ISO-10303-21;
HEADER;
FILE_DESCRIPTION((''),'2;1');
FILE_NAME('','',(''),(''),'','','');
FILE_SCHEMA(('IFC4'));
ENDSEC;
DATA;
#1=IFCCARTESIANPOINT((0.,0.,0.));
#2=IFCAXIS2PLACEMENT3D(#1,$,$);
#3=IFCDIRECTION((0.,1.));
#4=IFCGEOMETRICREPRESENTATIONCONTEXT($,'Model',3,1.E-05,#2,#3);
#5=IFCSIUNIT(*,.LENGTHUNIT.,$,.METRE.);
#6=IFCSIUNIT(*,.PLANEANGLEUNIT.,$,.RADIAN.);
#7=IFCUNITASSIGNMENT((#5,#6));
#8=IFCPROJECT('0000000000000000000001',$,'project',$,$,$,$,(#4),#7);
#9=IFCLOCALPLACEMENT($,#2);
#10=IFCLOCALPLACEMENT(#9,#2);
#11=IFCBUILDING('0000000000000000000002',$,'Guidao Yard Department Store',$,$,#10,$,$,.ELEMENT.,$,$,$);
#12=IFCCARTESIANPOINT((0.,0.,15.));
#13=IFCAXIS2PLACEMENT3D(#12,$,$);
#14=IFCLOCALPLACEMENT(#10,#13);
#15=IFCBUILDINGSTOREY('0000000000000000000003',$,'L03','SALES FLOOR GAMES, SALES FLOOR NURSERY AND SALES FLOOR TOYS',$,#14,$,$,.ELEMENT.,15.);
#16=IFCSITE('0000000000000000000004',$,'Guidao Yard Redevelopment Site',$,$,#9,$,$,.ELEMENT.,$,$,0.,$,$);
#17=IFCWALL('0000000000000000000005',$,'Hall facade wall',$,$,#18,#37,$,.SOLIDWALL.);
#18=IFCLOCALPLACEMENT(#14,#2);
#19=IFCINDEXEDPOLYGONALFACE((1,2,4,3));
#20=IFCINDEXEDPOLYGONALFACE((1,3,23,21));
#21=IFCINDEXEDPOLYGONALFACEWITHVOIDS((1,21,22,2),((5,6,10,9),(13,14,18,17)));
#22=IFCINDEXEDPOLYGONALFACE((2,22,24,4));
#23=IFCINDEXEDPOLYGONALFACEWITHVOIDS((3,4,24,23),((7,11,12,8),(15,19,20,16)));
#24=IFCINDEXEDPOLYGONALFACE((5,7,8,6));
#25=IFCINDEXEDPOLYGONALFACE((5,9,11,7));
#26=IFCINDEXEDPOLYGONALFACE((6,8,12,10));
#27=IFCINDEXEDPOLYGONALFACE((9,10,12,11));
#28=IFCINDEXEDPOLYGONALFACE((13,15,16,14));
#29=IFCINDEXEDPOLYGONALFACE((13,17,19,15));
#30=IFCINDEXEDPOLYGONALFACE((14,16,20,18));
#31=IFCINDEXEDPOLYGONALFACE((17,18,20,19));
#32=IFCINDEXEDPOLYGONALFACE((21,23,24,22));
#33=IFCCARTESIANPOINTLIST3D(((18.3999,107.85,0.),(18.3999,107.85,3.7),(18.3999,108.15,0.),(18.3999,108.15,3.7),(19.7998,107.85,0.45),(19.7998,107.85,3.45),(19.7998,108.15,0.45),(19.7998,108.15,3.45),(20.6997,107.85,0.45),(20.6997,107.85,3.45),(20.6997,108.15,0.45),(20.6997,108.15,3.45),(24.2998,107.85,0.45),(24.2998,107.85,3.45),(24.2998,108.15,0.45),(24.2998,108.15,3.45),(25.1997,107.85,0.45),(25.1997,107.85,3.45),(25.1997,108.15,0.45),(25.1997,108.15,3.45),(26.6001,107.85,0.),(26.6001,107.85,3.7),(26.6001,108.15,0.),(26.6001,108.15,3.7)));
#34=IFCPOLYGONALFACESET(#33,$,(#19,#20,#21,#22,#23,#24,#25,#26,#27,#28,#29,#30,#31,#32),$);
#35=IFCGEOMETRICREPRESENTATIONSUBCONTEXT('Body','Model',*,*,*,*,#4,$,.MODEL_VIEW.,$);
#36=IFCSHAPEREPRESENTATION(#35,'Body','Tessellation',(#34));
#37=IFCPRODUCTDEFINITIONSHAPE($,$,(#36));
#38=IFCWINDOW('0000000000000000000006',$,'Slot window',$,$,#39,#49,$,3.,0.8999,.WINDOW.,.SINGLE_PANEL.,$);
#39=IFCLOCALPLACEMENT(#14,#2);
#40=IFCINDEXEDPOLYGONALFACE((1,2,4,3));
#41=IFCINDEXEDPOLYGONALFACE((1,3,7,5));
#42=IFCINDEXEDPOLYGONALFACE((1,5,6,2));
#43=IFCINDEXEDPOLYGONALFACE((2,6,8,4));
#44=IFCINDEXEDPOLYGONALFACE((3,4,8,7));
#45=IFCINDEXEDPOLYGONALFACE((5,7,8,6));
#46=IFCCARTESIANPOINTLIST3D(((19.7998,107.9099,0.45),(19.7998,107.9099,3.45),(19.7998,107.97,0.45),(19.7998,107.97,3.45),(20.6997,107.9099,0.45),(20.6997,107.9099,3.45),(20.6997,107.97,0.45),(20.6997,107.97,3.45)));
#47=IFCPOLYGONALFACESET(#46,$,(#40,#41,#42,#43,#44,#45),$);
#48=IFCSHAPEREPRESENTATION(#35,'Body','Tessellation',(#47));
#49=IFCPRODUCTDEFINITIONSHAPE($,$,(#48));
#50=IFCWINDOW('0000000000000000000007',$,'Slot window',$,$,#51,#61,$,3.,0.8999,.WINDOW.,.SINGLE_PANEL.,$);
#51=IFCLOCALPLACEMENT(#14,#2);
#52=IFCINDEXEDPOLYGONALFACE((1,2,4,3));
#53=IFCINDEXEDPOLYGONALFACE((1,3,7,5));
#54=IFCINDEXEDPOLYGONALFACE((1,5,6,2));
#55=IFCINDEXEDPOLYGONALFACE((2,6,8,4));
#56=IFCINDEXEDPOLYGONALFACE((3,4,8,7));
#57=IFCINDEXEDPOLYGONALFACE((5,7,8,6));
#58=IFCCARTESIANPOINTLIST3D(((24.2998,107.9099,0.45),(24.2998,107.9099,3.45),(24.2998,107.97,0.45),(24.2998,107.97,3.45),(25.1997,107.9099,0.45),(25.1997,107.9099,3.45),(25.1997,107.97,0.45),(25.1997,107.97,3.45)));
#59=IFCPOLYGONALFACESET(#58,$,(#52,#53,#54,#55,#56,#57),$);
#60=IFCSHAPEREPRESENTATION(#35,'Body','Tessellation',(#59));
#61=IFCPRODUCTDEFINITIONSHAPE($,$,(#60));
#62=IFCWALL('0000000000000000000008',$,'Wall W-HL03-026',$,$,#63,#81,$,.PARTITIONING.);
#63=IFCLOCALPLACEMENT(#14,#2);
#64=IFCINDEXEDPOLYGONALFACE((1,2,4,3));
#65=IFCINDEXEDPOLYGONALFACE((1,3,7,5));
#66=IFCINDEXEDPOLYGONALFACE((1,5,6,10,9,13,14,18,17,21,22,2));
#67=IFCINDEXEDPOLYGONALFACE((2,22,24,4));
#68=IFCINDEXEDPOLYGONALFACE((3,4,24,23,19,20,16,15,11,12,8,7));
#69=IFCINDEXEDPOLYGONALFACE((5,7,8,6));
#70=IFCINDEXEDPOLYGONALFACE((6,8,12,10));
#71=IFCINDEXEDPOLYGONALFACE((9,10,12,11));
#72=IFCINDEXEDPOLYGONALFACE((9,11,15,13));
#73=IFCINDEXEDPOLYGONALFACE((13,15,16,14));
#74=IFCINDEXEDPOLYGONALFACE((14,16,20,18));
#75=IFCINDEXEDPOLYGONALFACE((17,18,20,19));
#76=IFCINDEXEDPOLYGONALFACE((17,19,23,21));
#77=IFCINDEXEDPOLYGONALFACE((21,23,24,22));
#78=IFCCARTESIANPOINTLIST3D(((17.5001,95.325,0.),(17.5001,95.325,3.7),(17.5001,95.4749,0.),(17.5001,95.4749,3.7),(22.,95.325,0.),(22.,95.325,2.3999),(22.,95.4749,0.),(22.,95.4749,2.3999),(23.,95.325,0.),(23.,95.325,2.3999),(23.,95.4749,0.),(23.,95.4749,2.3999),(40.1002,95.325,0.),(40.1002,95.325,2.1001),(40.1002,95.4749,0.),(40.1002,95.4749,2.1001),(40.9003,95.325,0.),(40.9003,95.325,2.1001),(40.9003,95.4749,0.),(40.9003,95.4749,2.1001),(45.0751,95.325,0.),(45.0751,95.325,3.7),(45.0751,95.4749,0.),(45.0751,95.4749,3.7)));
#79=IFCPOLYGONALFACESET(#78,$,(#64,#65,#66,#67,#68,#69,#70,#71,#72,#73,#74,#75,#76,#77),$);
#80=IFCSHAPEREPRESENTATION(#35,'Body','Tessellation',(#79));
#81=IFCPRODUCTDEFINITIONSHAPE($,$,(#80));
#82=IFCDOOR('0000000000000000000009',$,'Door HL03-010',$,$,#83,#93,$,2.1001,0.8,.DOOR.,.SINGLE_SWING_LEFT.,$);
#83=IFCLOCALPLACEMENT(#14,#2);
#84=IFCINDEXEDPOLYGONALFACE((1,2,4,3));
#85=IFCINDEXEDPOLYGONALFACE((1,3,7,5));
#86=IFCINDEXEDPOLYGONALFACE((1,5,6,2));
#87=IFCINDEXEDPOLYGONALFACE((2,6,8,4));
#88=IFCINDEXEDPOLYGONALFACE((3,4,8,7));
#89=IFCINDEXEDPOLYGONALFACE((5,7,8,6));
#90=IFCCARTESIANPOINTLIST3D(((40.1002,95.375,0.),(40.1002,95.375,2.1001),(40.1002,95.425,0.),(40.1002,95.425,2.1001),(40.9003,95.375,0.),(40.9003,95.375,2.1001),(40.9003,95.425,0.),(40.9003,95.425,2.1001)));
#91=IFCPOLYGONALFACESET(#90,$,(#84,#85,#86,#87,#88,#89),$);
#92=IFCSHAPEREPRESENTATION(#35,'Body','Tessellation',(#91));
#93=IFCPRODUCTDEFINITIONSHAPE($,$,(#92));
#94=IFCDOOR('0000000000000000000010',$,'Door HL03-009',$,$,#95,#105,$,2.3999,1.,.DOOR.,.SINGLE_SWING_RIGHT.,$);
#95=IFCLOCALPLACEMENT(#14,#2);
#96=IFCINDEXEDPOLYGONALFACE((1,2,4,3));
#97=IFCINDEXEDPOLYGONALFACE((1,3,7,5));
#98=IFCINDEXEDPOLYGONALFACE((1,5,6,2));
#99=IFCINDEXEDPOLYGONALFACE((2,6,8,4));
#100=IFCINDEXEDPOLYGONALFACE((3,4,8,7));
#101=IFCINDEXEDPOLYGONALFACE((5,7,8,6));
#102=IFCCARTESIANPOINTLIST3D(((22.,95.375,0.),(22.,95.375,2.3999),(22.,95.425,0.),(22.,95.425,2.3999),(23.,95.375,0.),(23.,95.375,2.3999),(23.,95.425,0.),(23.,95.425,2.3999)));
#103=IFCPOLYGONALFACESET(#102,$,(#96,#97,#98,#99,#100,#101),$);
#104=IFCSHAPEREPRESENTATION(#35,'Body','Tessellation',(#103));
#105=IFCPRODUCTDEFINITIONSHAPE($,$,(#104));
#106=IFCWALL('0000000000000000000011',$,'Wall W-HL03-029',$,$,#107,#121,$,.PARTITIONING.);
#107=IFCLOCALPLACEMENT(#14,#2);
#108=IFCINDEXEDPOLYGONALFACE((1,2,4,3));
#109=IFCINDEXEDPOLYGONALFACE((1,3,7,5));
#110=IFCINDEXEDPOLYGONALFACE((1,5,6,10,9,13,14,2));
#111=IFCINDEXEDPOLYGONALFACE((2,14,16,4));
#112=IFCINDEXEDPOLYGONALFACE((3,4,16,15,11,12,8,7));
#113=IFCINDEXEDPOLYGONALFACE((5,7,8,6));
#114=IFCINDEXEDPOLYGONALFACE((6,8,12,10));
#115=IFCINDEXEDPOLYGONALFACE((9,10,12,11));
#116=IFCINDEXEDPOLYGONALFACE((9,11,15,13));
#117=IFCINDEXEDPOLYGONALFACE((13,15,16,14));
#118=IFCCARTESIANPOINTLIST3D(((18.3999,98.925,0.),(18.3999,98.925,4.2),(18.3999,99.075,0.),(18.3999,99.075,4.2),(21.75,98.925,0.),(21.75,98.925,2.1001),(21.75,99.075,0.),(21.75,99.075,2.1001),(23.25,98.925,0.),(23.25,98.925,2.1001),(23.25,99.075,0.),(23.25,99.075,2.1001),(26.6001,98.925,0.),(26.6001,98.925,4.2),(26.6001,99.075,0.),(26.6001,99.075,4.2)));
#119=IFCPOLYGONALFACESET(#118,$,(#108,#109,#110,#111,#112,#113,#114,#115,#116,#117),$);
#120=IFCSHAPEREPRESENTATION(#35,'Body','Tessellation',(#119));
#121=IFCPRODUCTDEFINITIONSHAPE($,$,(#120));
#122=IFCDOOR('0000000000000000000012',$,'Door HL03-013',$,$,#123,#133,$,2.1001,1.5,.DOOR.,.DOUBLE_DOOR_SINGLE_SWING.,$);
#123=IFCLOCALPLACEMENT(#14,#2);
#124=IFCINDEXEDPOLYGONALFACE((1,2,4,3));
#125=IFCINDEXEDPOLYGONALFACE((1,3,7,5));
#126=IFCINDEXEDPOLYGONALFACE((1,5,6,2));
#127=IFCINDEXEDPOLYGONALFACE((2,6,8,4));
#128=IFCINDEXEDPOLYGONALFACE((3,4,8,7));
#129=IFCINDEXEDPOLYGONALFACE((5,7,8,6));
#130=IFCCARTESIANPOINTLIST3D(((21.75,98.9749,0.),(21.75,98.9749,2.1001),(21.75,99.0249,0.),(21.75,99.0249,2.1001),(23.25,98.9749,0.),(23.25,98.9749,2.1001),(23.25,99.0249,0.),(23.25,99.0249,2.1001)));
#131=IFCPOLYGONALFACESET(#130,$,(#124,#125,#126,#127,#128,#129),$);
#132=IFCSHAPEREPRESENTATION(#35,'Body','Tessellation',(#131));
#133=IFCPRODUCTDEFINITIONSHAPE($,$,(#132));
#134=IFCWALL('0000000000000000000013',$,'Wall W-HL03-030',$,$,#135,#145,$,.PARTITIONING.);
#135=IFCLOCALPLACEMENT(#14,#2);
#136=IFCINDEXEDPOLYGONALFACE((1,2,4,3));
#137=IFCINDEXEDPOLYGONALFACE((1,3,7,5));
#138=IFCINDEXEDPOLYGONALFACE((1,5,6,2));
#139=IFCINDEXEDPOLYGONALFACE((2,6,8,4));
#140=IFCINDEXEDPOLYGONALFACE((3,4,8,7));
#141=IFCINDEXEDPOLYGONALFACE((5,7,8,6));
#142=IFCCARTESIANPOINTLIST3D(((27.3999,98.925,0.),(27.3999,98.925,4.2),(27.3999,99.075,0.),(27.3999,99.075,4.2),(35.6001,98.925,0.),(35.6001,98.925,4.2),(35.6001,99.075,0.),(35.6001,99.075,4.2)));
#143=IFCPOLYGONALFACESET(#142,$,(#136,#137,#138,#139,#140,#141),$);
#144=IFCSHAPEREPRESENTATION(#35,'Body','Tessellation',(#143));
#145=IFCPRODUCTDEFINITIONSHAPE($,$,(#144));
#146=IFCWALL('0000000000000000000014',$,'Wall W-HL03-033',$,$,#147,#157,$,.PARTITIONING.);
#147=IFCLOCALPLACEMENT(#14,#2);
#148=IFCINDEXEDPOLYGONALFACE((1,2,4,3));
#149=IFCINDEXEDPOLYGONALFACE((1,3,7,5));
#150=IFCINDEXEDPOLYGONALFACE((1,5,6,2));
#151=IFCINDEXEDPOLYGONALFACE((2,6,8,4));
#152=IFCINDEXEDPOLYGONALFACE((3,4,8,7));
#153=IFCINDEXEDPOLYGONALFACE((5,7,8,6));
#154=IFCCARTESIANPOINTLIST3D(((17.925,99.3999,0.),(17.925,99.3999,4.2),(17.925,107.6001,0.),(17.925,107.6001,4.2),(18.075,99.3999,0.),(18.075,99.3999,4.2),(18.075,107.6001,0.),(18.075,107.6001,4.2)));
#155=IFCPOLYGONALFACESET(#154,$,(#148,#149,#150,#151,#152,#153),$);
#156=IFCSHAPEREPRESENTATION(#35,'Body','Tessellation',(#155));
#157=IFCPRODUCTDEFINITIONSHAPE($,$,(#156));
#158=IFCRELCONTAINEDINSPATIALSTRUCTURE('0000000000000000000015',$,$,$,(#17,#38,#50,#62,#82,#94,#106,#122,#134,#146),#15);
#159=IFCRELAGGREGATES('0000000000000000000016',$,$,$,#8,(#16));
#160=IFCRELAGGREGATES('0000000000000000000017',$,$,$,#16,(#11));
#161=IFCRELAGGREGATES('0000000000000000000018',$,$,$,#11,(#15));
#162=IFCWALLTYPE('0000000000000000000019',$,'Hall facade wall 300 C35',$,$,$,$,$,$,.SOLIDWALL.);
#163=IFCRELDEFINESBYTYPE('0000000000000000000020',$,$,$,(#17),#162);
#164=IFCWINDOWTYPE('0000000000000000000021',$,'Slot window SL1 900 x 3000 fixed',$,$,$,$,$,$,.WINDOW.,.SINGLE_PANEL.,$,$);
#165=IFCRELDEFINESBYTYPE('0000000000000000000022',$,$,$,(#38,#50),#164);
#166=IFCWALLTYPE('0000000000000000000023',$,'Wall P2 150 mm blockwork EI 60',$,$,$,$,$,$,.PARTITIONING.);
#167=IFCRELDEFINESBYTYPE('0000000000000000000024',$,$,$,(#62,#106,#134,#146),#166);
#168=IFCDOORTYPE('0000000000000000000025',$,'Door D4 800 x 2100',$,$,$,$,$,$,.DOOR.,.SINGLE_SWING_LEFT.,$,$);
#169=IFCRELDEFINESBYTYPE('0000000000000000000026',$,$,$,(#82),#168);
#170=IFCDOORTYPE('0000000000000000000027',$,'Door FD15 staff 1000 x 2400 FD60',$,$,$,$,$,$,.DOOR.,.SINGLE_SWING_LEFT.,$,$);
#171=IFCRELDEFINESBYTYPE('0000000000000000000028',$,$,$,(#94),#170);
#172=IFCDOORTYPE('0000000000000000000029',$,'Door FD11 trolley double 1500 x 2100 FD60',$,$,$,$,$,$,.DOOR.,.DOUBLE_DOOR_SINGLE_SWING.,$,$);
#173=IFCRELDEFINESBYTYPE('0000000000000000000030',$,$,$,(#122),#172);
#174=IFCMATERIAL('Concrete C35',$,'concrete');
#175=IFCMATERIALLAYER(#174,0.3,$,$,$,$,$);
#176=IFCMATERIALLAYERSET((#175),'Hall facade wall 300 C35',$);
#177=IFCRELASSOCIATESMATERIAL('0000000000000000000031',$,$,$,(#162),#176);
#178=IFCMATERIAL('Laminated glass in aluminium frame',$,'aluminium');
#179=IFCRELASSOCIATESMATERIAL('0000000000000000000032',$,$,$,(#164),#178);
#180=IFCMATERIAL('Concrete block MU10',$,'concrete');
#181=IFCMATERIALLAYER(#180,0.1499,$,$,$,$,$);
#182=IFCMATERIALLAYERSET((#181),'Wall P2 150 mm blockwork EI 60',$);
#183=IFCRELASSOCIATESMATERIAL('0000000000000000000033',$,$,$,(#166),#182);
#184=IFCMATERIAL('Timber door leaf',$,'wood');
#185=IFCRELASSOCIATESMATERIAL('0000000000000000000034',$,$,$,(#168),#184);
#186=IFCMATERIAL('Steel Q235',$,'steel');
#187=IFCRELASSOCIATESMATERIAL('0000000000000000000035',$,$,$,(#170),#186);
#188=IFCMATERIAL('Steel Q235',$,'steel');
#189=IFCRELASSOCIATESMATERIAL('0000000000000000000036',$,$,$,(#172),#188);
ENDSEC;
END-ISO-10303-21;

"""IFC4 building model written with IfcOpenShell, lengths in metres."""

from ifc_helpers import new_model, si_unit, direction, frame, frame_2d, origin, place, context, subcontext, project, spatial, rectangle, extrude, material, layer, layer_set, type_object, element, fill, save


model = new_model("IFC4")

# Units and contexts
model_context = context("Model", 3, precision=1e-05, world=origin(), true_north=direction((0.0, 1.0)))
body_context = subcontext(model_context, "Body", "Model", "MODEL_VIEW")
ifc_project = project(units=[si_unit("LENGTHUNIT", "METRE"), si_unit("PLANEANGLEUNIT", "RADIAN")], contexts=[model_context])

# Site, building, storey
site_placement = place(None, origin())
site = spatial("IfcSite", under=ifc_project, at=site_placement, Name="Guidao Yard Redevelopment Site", CompositionType="ELEMENT", RefElevation=0.0)
building_placement = place(site_placement, origin())
building = spatial("IfcBuilding", under=site, at=building_placement, Name="Guidao Yard Department Store", CompositionType="ELEMENT")
storey_placement = place(building_placement, frame((0.0, 0.0, 15.0)))
storey = spatial("IfcBuildingStorey", under=building, at=storey_placement, Name="L03", Description="SALES FLOOR GAMES, SALES FLOOR NURSERY AND SALES FLOOR TOYS", CompositionType="ELEMENT", Elevation=15.0)

# Wall, openings, windows
ifc_material_1 = material(Name="Concrete C35", Category="concrete")
ifc_layer_1 = layer(ifc_material_1, 0.3)
ifc_layer_set_1 = layer_set([ifc_layer_1], Name="Hall facade wall 300 C35")
wall_type_1 = type_object("IfcWallType", Name="Hall facade wall 300 C35", PredefinedType="SOLIDWALL", material=ifc_layer_set_1)
ifc_material_2 = material(Name="Laminated glass in aluminium frame", Category="aluminium")
window_type = type_object("IfcWindowType", Name="Slot window SL1 900 x 3000 fixed", PartitioningType="SINGLE_PANEL", PredefinedType="WINDOW", material=ifc_material_2)
wall_1_placement = place(storey_placement, frame((18.3999, 108.0, 0.0), z_axis=(0.0, 0.0, 1.0), x_axis=(1.0, 0.0, 0.0)))
wall_1 = element("IfcWall", 1, at=wall_1_placement, inside=storey, type_object=wall_type_1, Name="Hall facade wall", PredefinedType="SOLIDWALL", context=body_context, shape_type="SweptSolid", body=[
    extrude(rectangle(XDim=8.2002, YDim=0.3, at=frame_2d((4.1001, 0.0))), origin(), (0.0, 0.0, 1.0), 3.7),
])
opening_1_placement = place(wall_1_placement, frame((1.3999, 0.0, 0.45)))
opening_1 = element("IfcOpeningElement", 2, at=opening_1_placement, cuts=wall_1, PredefinedType="OPENING", context=body_context, shape_type="SweptSolid", body=[
    extrude(rectangle(XDim=0.8999, YDim=3.0, at=frame_2d((0.45, 1.5))), frame((0.0, 0.1599, 0.0), z_axis=(0.0, -1.0, 0.0), x_axis=(1.0, 0.0, 0.0)), (0.0, 0.0, 1.0), 0.3201),
])
opening_2_placement = place(wall_1_placement, frame((5.8999, 0.0, 0.45)))
opening_2 = element("IfcOpeningElement", 3, at=opening_2_placement, cuts=wall_1, PredefinedType="OPENING", context=body_context, shape_type="SweptSolid", body=[
    extrude(rectangle(XDim=0.8999, YDim=3.0, at=frame_2d((0.45, 1.5))), frame((0.0, 0.1599, 0.0), z_axis=(0.0, -1.0, 0.0), x_axis=(1.0, 0.0, 0.0)), (0.0, 0.0, 1.0), 0.3201),
])
window_1_placement = place(opening_1_placement, origin())
window_1 = element("IfcWindow", 4, at=window_1_placement, inside=storey, type_object=window_type, Name="Slot window", OverallHeight=3.0, OverallWidth=0.8999, PartitioningType="SINGLE_PANEL", PredefinedType="WINDOW", context=body_context, shape_type="SweptSolid", body=[
    extrude(rectangle(XDim=0.8999, YDim=3.0, at=frame_2d((0.45, 1.5))), frame((0.0, -0.03, 0.0), z_axis=(0.0, -1.0, 0.0), x_axis=(1.0, 0.0, 0.0)), (0.0, 0.0, 1.0), 0.0601),
])
fill(opening_1, window_1)
window_2_placement = place(opening_2_placement, origin())
window_2 = element("IfcWindow", 5, at=window_2_placement, inside=storey, type_object=window_type, Name="Slot window", OverallHeight=3.0, OverallWidth=0.8999, PartitioningType="SINGLE_PANEL", PredefinedType="WINDOW", context=body_context, shape_type="SweptSolid", body=[
    extrude(rectangle(XDim=0.8999, YDim=3.0, at=frame_2d((0.45, 1.5))), frame((0.0, -0.03, 0.0), z_axis=(0.0, -1.0, 0.0), x_axis=(1.0, 0.0, 0.0)), (0.0, 0.0, 1.0), 0.0601),
])
fill(opening_2, window_2)

# Wall, openings, doors
ifc_material_3 = material(Name="Concrete block MU10", Category="concrete")
ifc_layer_2 = layer(ifc_material_3, 0.1499)
ifc_layer_set_2 = layer_set([ifc_layer_2], Name="Wall P2 150 mm blockwork EI 60")
wall_type_2 = type_object("IfcWallType", Name="Wall P2 150 mm blockwork EI 60", PredefinedType="PARTITIONING", material=ifc_layer_set_2)
wall_2_placement = place(storey_placement, frame((17.5, 95.3999, 0.0), z_axis=(0.0, 0.0, 1.0), x_axis=(1.0, 0.0, 0.0)))
wall_2 = element("IfcWall", 6, at=wall_2_placement, inside=storey, type_object=wall_type_2, Name="Wall W-HL03-026", PredefinedType="PARTITIONING", context=body_context, shape_type="SweptSolid", body=[
    extrude(rectangle(XDim=27.575, YDim=0.1499, at=frame_2d((13.7876, 0.0))), origin(), (0.0, 0.0, 1.0), 3.7),
])
opening_3_placement = place(wall_2_placement, frame((5.5, 0.0, 0.0), z_axis=(0.0, 0.0, 1.0), x_axis=(-1.0, 0.0, 0.0)))
opening_3 = element("IfcOpeningElement", 7, at=opening_3_placement, cuts=wall_2, PredefinedType="OPENING", context=body_context, shape_type="SweptSolid", body=[
    extrude(rectangle(XDim=1.0, YDim=2.3999, at=frame_2d((0.5, 1.2))), frame((0.0, 0.085, 0.0), z_axis=(0.0, -1.0, 0.0), x_axis=(1.0, 0.0, 0.0)), (0.0, 0.0, 1.0), 0.1699),
])
opening_4_placement = place(wall_2_placement, frame((23.4001, 0.0, 0.0), z_axis=(0.0, 0.0, 1.0), x_axis=(-1.0, 0.0, 0.0)))
opening_4 = element("IfcOpeningElement", 8, at=opening_4_placement, cuts=wall_2, PredefinedType="OPENING", context=body_context, shape_type="SweptSolid", body=[
    extrude(rectangle(XDim=0.8, YDim=2.1001, at=frame_2d((0.3999, 1.05))), frame((0.0, 0.085, 0.0), z_axis=(0.0, -1.0, 0.0), x_axis=(1.0, 0.0, 0.0)), (0.0, 0.0, 1.0), 0.1699),
])
ifc_material_4 = material(Name="Timber door leaf", Category="wood")
door_type_1 = type_object("IfcDoorType", Name="Door D4 800 x 2100", OperationType="SINGLE_SWING_LEFT", PredefinedType="DOOR", material=ifc_material_4)
door_1_placement = place(opening_4_placement, origin())
door_1 = element("IfcDoor", 9, at=door_1_placement, inside=storey, type_object=door_type_1, Name="Door HL03-010", OperationType="SINGLE_SWING_LEFT", OverallHeight=2.1001, OverallWidth=0.8, PredefinedType="DOOR", context=body_context, shape_type="SweptSolid", body=[
    extrude(rectangle(XDim=0.8, YDim=2.1001, at=frame_2d((0.3999, 1.05))), frame((0.0, 0.0249, 0.0), z_axis=(0.0, -1.0, 0.0), x_axis=(1.0, 0.0, 0.0)), (0.0, 0.0, 1.0), 0.05),
])
fill(opening_4, door_1)
ifc_material_5 = material(Name="Steel Q235", Category="steel")
door_type_2 = type_object("IfcDoorType", Name="Door FD15 staff 1000 x 2400 FD60", OperationType="SINGLE_SWING_LEFT", PredefinedType="DOOR", material=ifc_material_5)
door_2_placement = place(opening_3_placement, origin())
door_2 = element("IfcDoor", 10, at=door_2_placement, inside=storey, type_object=door_type_2, Name="Door HL03-009", OperationType="SINGLE_SWING_RIGHT", OverallHeight=2.3999, OverallWidth=1.0, PredefinedType="DOOR", context=body_context, shape_type="SweptSolid", body=[
    extrude(rectangle(XDim=1.0, YDim=2.3999, at=frame_2d((0.5, 1.2))), frame((0.0, 0.0249, 0.0), z_axis=(0.0, -1.0, 0.0), x_axis=(1.0, 0.0, 0.0)), (0.0, 0.0, 1.0), 0.05),
])
fill(opening_3, door_2)

# Wall, opening, door
wall_3_placement = place(storey_placement, frame((18.3999, 99.0, 0.0), z_axis=(0.0, 0.0, 1.0), x_axis=(1.0, 0.0, 0.0)))
wall_3 = element("IfcWall", 11, at=wall_3_placement, inside=storey, type_object=wall_type_2, Name="Wall W-HL03-029", PredefinedType="PARTITIONING", context=body_context, shape_type="SweptSolid", body=[
    extrude(rectangle(XDim=8.2002, YDim=0.1499, at=frame_2d((4.1001, 0.0))), origin(), (0.0, 0.0, 1.0), 4.2),
])
opening_5_placement = place(wall_3_placement, frame((3.3501, 0.0, 0.0)))
opening_5 = element("IfcOpeningElement", 12, at=opening_5_placement, cuts=wall_3, PredefinedType="OPENING", context=body_context, shape_type="SweptSolid", body=[
    extrude(rectangle(XDim=1.5, YDim=2.1001, at=frame_2d((0.75, 1.05))), frame((0.0, 0.085, 0.0), z_axis=(0.0, -1.0, 0.0), x_axis=(1.0, 0.0, 0.0)), (0.0, 0.0, 1.0), 0.1699),
])
ifc_material_6 = material(Name="Steel Q235", Category="steel")
door_type_3 = type_object("IfcDoorType", Name="Door FD11 trolley double 1500 x 2100 FD60", OperationType="DOUBLE_DOOR_SINGLE_SWING", PredefinedType="DOOR", material=ifc_material_6)
door_3_placement = place(opening_5_placement, origin())
door_3 = element("IfcDoor", 13, at=door_3_placement, inside=storey, type_object=door_type_3, Name="Door HL03-013", OperationType="DOUBLE_DOOR_SINGLE_SWING", OverallHeight=2.1001, OverallWidth=1.5, PredefinedType="DOOR", context=body_context, shape_type="SweptSolid", body=[
    extrude(rectangle(XDim=1.5, YDim=2.1001, at=frame_2d((0.75, 1.05))), frame((0.0, 0.0249, 0.0), z_axis=(0.0, -1.0, 0.0), x_axis=(1.0, 0.0, 0.0)), (0.0, 0.0, 1.0), 0.05),
])
fill(opening_5, door_3)

# Walls
for number, where, z_axis, x_axis, name in (
    (14, (27.3999, 99.0, 0.0), (0.0, 0.0, 1.0), (1.0, 0.0, 0.0), "Wall W-HL03-030"),
    (15, (18.0, 99.3999, 0.0), (0.0, 0.0, 1.0), (0.0, 1.0, 0.0), "Wall W-HL03-033"),
):
    element("IfcWall", number, at=place(storey_placement, frame(where, z_axis=z_axis, x_axis=x_axis)), inside=storey, type_object=wall_type_2, Name=name, PredefinedType="PARTITIONING", context=body_context, shape_type="SweptSolid", body=[
        extrude(rectangle(XDim=8.2002, YDim=0.1499, at=frame_2d((4.1001, 0.0))), origin(), (0.0, 0.0, 1.0), 4.2),
    ])

save(model, "model.ifc")
